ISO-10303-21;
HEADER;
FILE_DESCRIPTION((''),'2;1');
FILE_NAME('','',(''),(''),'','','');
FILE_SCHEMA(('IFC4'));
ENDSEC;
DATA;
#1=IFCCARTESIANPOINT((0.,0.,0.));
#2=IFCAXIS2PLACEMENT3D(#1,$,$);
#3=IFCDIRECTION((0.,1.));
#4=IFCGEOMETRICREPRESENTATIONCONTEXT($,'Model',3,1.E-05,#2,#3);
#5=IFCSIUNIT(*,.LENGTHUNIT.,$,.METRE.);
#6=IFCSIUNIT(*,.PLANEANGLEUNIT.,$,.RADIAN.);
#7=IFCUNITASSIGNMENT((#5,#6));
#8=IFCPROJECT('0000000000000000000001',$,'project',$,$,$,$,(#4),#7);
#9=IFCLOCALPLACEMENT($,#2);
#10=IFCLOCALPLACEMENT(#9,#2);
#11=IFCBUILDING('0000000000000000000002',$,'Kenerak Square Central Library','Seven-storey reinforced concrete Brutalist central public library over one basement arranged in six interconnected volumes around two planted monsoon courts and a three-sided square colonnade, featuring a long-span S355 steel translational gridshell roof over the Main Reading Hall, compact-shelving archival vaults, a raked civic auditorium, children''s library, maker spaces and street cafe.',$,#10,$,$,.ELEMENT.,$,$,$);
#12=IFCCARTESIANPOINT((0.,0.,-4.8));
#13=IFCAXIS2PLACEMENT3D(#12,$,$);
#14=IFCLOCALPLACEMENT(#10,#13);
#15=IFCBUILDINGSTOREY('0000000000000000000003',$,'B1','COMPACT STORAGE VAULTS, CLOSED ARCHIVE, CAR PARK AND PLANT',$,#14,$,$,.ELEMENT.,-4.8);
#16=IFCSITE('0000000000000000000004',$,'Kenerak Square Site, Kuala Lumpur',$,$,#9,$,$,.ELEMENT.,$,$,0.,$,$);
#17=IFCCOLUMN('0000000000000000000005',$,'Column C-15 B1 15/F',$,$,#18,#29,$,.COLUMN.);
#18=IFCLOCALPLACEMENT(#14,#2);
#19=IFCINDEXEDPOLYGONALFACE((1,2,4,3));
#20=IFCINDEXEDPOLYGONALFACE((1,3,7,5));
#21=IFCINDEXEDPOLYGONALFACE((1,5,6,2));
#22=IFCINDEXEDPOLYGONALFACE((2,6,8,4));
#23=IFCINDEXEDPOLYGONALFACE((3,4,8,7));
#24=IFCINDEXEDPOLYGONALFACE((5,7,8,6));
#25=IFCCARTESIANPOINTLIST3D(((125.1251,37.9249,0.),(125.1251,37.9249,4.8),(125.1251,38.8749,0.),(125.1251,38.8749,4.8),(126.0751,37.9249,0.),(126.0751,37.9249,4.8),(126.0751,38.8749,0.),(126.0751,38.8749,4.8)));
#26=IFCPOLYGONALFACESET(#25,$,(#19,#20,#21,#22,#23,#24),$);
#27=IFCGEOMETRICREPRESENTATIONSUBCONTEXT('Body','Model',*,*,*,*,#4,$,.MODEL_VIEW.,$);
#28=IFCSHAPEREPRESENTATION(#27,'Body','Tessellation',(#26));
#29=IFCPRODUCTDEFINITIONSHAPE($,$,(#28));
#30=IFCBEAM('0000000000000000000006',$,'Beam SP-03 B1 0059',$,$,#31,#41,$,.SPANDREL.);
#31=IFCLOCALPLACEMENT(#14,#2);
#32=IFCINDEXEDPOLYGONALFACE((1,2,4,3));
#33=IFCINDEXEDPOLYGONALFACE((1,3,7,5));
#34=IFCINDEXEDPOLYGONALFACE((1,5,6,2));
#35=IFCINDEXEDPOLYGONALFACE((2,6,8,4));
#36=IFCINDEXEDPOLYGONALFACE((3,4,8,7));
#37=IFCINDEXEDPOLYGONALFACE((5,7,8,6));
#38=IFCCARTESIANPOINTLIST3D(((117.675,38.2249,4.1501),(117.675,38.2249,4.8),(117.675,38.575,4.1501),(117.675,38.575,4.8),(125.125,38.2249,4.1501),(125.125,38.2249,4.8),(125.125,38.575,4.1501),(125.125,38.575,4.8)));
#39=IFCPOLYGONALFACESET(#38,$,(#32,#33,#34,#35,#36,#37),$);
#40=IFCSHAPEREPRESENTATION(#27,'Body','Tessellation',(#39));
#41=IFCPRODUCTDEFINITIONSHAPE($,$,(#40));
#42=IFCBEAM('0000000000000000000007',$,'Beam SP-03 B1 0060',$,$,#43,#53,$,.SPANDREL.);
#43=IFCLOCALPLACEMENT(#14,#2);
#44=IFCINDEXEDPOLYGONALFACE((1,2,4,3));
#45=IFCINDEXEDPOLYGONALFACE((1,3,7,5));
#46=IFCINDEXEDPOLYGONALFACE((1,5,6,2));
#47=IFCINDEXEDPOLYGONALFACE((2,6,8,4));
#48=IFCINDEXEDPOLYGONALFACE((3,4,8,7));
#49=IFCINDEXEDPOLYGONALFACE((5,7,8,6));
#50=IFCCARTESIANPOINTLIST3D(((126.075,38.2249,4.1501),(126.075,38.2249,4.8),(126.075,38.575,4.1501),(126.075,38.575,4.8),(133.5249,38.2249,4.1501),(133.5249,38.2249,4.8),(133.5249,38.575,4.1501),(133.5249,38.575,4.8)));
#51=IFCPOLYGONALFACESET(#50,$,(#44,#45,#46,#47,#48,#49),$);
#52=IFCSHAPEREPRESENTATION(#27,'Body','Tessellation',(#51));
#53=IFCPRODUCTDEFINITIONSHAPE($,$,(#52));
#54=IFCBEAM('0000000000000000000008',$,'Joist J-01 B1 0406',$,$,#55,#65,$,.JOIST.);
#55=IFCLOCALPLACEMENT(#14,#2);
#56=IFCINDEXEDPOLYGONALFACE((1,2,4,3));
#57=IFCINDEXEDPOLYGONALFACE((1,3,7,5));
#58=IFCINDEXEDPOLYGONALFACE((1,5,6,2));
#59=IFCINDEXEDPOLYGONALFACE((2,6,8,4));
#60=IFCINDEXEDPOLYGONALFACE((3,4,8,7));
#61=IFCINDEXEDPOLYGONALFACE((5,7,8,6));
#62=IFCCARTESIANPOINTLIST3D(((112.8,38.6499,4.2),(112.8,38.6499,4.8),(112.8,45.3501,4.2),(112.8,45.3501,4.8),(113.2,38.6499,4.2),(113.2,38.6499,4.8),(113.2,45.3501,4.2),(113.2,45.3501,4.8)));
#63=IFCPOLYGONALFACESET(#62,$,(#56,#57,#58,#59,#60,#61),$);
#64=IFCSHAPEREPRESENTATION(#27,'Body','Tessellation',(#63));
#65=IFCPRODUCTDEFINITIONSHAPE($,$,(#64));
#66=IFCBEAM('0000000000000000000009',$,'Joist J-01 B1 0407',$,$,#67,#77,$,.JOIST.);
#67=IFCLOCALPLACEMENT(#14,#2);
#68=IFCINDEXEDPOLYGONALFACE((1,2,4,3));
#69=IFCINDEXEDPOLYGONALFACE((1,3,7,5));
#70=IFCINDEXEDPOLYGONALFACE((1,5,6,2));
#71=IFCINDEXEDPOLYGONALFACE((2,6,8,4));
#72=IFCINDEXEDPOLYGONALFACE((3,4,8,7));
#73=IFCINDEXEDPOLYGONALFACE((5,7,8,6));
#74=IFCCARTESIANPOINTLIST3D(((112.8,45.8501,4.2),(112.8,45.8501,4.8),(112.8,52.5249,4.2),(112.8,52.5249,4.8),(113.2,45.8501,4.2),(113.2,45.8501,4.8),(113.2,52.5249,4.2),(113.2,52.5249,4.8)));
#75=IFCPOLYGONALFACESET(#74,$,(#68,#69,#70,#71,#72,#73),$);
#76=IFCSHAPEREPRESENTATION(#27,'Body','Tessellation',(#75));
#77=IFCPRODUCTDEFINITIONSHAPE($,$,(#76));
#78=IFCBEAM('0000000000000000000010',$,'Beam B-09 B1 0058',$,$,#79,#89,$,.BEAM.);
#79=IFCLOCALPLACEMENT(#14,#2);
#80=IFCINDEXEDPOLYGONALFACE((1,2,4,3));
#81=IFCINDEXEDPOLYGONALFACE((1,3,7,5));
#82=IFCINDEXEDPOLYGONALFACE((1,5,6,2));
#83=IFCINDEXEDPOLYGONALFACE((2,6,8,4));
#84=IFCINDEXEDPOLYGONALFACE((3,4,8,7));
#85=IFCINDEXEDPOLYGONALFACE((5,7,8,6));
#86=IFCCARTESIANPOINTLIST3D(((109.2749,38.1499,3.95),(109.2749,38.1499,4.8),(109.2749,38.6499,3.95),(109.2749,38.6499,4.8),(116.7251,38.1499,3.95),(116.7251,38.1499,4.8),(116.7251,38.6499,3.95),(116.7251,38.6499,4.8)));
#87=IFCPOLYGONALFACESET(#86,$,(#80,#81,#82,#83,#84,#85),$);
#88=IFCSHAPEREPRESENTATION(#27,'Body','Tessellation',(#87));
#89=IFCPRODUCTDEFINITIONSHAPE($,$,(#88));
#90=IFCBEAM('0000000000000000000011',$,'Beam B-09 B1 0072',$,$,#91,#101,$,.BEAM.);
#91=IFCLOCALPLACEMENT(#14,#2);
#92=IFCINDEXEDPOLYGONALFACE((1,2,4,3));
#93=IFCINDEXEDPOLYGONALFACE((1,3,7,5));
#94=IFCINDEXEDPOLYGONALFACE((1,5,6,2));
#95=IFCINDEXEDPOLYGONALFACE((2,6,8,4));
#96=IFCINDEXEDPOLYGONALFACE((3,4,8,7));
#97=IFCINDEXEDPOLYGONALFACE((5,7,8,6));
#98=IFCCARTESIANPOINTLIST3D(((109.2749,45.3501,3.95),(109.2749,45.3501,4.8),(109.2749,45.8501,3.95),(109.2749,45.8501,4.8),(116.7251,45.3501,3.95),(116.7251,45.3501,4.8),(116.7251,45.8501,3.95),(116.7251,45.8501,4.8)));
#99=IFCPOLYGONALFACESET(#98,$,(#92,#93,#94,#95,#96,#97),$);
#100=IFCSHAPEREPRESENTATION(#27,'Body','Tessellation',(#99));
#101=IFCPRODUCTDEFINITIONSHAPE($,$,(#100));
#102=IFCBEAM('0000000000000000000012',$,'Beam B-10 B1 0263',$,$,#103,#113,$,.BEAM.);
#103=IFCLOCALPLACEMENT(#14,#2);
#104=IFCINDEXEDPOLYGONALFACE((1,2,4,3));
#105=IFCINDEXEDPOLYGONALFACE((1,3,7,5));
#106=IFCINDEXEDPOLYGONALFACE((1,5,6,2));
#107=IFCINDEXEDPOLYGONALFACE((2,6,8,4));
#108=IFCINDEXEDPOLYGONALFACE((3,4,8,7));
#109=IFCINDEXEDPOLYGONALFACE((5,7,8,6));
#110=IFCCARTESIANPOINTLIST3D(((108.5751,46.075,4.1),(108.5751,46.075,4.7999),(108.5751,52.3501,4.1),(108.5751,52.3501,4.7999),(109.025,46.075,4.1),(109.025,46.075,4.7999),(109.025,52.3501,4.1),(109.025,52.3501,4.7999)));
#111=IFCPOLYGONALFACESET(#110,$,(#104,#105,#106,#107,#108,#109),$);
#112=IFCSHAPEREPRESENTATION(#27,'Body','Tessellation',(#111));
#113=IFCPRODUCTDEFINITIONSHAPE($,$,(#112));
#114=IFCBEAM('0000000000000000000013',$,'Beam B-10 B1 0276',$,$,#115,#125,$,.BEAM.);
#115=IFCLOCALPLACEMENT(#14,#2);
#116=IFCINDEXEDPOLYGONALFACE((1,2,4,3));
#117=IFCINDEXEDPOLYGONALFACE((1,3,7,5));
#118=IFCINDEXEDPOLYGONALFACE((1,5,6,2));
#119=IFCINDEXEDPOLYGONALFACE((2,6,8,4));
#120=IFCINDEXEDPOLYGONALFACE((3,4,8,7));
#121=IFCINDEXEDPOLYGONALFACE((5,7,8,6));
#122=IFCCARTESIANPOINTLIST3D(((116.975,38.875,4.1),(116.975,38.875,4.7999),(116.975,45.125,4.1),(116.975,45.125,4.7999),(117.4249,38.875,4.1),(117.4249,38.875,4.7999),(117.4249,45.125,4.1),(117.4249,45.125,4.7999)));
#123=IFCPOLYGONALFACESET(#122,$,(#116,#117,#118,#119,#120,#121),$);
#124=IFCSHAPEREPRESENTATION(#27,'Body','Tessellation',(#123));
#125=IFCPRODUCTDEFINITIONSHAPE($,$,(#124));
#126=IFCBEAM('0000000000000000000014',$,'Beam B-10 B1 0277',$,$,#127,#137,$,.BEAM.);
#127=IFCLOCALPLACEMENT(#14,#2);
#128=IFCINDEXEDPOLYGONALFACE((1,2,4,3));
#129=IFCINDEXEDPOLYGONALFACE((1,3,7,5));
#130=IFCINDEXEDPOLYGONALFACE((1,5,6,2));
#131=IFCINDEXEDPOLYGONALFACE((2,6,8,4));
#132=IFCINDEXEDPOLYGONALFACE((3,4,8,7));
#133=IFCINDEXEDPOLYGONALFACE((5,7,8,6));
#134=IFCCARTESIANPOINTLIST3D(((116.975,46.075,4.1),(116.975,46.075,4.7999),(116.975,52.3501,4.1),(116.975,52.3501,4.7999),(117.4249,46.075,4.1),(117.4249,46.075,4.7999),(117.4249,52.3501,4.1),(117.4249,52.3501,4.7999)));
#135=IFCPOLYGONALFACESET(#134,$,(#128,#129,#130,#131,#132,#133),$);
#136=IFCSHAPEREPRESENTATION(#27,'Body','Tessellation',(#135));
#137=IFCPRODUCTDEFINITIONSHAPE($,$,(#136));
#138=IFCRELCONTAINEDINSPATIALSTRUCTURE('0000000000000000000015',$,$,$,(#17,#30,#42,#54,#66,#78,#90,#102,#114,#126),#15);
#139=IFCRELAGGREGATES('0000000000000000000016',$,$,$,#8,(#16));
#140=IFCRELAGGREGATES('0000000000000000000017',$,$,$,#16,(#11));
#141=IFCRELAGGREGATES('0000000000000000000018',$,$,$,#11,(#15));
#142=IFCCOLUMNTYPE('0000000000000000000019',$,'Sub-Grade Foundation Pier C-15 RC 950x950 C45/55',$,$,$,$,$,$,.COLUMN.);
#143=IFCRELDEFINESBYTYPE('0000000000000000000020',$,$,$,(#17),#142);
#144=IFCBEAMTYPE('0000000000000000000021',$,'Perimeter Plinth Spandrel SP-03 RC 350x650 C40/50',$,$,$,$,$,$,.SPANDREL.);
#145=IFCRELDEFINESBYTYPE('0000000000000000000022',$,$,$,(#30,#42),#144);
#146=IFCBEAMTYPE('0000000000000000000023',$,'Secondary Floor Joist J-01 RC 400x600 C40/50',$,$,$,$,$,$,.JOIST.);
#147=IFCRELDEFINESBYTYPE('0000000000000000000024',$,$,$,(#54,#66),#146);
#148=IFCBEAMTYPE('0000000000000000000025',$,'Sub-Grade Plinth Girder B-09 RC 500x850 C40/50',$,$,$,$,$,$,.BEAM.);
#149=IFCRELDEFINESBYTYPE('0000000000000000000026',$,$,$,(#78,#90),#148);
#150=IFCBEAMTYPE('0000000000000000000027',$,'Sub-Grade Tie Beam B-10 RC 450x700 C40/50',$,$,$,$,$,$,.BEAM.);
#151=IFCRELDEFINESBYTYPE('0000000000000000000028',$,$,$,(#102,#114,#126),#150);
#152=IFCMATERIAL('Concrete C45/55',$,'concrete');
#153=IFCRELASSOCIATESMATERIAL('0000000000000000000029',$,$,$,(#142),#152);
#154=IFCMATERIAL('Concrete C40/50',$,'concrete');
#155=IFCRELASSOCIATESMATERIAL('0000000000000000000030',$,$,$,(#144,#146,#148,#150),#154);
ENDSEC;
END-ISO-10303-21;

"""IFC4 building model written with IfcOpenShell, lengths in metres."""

from ifc_helpers import new_model, si_unit, direction, frame, origin, origin_2d, place, context, subcontext, project, spatial, rectangle, extrude, material, material_profile, profile_set, type_object, element, save


model = new_model("IFC4")

# Units and contexts
model_context = context("Model", 3, precision=1e-05, world=origin(), true_north=direction((0.0, 1.0)))
body_context = subcontext(model_context, "Body", "Model", "MODEL_VIEW")
ifc_project = project(units=[si_unit("LENGTHUNIT", "METRE"), si_unit("PLANEANGLEUNIT", "RADIAN")], contexts=[model_context])

# Site, building, storey
site_placement = place(None, origin())
site = spatial("IfcSite", under=ifc_project, at=site_placement, Name="Kenerak Square Site, Kuala Lumpur", CompositionType="ELEMENT", RefElevation=0.0)
building_placement = place(site_placement, origin())
building = spatial("IfcBuilding", under=site, at=building_placement, Name="Kenerak Square Central Library", Description="Seven-storey reinforced concrete Brutalist central public library over one basement arranged in six interconnected volumes around two planted monsoon courts and a three-sided square colonnade, featuring a long-span S355 steel translational gridshell roof over the Main Reading Hall, compact-shelving archival vaults, a raked civic auditorium, children's library, maker spaces and street cafe.", CompositionType="ELEMENT")
storey_placement = place(building_placement, frame((0.0, 0.0, -4.8)))
storey = spatial("IfcBuildingStorey", under=building, at=storey_placement, Name="B1", Description="COMPACT STORAGE VAULTS, CLOSED ARCHIVE, CAR PARK AND PLANT", CompositionType="ELEMENT", Elevation=-4.8)

# Shared definitions
ifc_material_1 = material(Name="Concrete C40/50", Category="concrete")

# Column
ifc_material_2 = material(Name="Concrete C45/55", Category="concrete")
ifc_material_profile_1 = material_profile(ifc_material_2, rectangle(XDim=0.95, YDim=0.95, at=origin_2d()), Name="RC 950x950")
ifc_profile_set_1 = profile_set([ifc_material_profile_1], Name="Concrete C45/55")
column_type = type_object("IfcColumnType", Name="Sub-Grade Foundation Pier C-15 RC 950x950 C45/55", PredefinedType="COLUMN", material=ifc_profile_set_1)
for number, where, z_axis, x_axis, name in (
    (1, (125.6001, 38.3999, 0.0), (0.0, 0.0, 1.0), (1.0, 0.0, 0.0), "Column C-15 B1 15/F"),
):
    element("IfcColumn", number, at=place(storey_placement, frame(where, z_axis=z_axis, x_axis=x_axis)), inside=storey, type_object=column_type, Name=name, PredefinedType="COLUMN", context=body_context, shape_type="SweptSolid", body=[
        extrude(rectangle(XDim=0.95, YDim=0.95, at=origin_2d()), origin(), (0.0, 0.0, 1.0), 4.8),
    ])

# Beams
ifc_material_profile_2 = material_profile(ifc_material_1, rectangle(XDim=0.3501, YDim=0.6499, at=origin_2d()), Name="RC 350x650")
ifc_profile_set_2 = profile_set([ifc_material_profile_2], Name="Concrete C40/50")
beam_type_1 = type_object("IfcBeamType", Name="Perimeter Plinth Spandrel SP-03 RC 350x650 C40/50", PredefinedType="SPANDREL", material=ifc_profile_set_2)
for number, where, z_axis, x_axis, name in (
    (2, (117.675, 38.3999, 4.4751), (1.0, 0.0, 0.0), (0.0, 1.0, 0.0), "Beam SP-03 B1 0059"),
    (3, (126.075, 38.3999, 4.4751), (1.0, 0.0, 0.0), (0.0, 1.0, 0.0), "Beam SP-03 B1 0060"),
):
    element("IfcBeam", number, at=place(storey_placement, frame(where, z_axis=z_axis, x_axis=x_axis)), inside=storey, type_object=beam_type_1, Name=name, PredefinedType="SPANDREL", context=body_context, shape_type="SweptSolid", body=[
        extrude(rectangle(XDim=0.3501, YDim=0.6499, at=origin_2d()), origin(), (0.0, 0.0, 1.0), 7.45),
    ])
ifc_material_profile_3 = material_profile(ifc_material_1, rectangle(XDim=0.3999, YDim=0.6001, at=origin_2d()), Name="RC 400x600")
ifc_profile_set_3 = profile_set([ifc_material_profile_3], Name="Concrete C40/50")
beam_type_2 = type_object("IfcBeamType", Name="Secondary Floor Joist J-01 RC 400x600 C40/50", PredefinedType="JOIST", material=ifc_profile_set_3)
beam_1_placement = place(storey_placement, frame((113.0, 38.6499, 4.5), z_axis=(0.0, 1.0, 0.0), x_axis=(-1.0, 0.0, 0.0)))
element("IfcBeam", 4, at=beam_1_placement, inside=storey, type_object=beam_type_2, Name="Joist J-01 B1 0406", PredefinedType="JOIST", context=body_context, shape_type="SweptSolid", body=[
    extrude(rectangle(XDim=0.3999, YDim=0.6001, at=origin_2d()), origin(), (0.0, 0.0, 1.0), 6.7002),
])
beam_2_placement = place(storey_placement, frame((113.0, 45.8501, 4.5), z_axis=(0.0, 1.0, 0.0), x_axis=(-1.0, 0.0, 0.0)))
element("IfcBeam", 5, at=beam_2_placement, inside=storey, type_object=beam_type_2, Name="Joist J-01 B1 0407", PredefinedType="JOIST", context=body_context, shape_type="SweptSolid", body=[
    extrude(rectangle(XDim=0.3999, YDim=0.6001, at=origin_2d()), origin(), (0.0, 0.0, 1.0), 6.6748),
])
ifc_material_profile_4 = material_profile(ifc_material_1, rectangle(XDim=0.5, YDim=0.8501, at=origin_2d()), Name="RC 500x850")
ifc_profile_set_4 = profile_set([ifc_material_profile_4], Name="Concrete C40/50")
beam_type_3 = type_object("IfcBeamType", Name="Sub-Grade Plinth Girder B-09 RC 500x850 C40/50", PredefinedType="BEAM", material=ifc_profile_set_4)
for number, where, z_axis, x_axis, name in (
    (6, (109.2749, 38.3999, 4.375), (1.0, 0.0, 0.0), (0.0, 1.0, 0.0), "Beam B-09 B1 0058"),
    (7, (109.2749, 45.6001, 4.375), (1.0, 0.0, 0.0), (0.0, 1.0, 0.0), "Beam B-09 B1 0072"),
):
    element("IfcBeam", number, at=place(storey_placement, frame(where, z_axis=z_axis, x_axis=x_axis)), inside=storey, type_object=beam_type_3, Name=name, PredefinedType="BEAM", context=body_context, shape_type="SweptSolid", body=[
        extrude(rectangle(XDim=0.5, YDim=0.8501, at=origin_2d()), origin(), (0.0, 0.0, 1.0), 7.4502),
    ])
ifc_material_profile_5 = material_profile(ifc_material_1, rectangle(XDim=0.45, YDim=0.7, at=origin_2d()), Name="RC 450x700")
ifc_profile_set_5 = profile_set([ifc_material_profile_5], Name="Concrete C40/50")
beam_type_4 = type_object("IfcBeamType", Name="Sub-Grade Tie Beam B-10 RC 450x700 C40/50", PredefinedType="BEAM", material=ifc_profile_set_5)
beam_3_placement = place(storey_placement, frame((108.8, 46.075, 4.45), z_axis=(0.0, 1.0, 0.0), x_axis=(-1.0, 0.0, 0.0)))
element("IfcBeam", 8, at=beam_3_placement, inside=storey, type_object=beam_type_4, Name="Beam B-10 B1 0263", PredefinedType="BEAM", context=body_context, shape_type="SweptSolid", body=[
    extrude(rectangle(XDim=0.45, YDim=0.7, at=origin_2d()), origin(), (0.0, 0.0, 1.0), 6.2751),
])
beam_4_placement = place(storey_placement, frame((117.2, 38.875, 4.45), z_axis=(0.0, 1.0, 0.0), x_axis=(-1.0, 0.0, 0.0)))
element("IfcBeam", 9, at=beam_4_placement, inside=storey, type_object=beam_type_4, Name="Beam B-10 B1 0276", PredefinedType="BEAM", context=body_context, shape_type="SweptSolid", body=[
    extrude(rectangle(XDim=0.45, YDim=0.7, at=origin_2d()), origin(), (0.0, 0.0, 1.0), 6.25),
])
beam_5_placement = place(storey_placement, frame((117.2, 46.075, 4.45), z_axis=(0.0, 1.0, 0.0), x_axis=(-1.0, 0.0, 0.0)))
element("IfcBeam", 10, at=beam_5_placement, inside=storey, type_object=beam_type_4, Name="Beam B-10 B1 0277", PredefinedType="BEAM", context=body_context, shape_type="SweptSolid", body=[
    extrude(rectangle(XDim=0.45, YDim=0.7, at=origin_2d()), origin(), (0.0, 0.0, 1.0), 6.2751),
])

save(model, "model.ifc")
